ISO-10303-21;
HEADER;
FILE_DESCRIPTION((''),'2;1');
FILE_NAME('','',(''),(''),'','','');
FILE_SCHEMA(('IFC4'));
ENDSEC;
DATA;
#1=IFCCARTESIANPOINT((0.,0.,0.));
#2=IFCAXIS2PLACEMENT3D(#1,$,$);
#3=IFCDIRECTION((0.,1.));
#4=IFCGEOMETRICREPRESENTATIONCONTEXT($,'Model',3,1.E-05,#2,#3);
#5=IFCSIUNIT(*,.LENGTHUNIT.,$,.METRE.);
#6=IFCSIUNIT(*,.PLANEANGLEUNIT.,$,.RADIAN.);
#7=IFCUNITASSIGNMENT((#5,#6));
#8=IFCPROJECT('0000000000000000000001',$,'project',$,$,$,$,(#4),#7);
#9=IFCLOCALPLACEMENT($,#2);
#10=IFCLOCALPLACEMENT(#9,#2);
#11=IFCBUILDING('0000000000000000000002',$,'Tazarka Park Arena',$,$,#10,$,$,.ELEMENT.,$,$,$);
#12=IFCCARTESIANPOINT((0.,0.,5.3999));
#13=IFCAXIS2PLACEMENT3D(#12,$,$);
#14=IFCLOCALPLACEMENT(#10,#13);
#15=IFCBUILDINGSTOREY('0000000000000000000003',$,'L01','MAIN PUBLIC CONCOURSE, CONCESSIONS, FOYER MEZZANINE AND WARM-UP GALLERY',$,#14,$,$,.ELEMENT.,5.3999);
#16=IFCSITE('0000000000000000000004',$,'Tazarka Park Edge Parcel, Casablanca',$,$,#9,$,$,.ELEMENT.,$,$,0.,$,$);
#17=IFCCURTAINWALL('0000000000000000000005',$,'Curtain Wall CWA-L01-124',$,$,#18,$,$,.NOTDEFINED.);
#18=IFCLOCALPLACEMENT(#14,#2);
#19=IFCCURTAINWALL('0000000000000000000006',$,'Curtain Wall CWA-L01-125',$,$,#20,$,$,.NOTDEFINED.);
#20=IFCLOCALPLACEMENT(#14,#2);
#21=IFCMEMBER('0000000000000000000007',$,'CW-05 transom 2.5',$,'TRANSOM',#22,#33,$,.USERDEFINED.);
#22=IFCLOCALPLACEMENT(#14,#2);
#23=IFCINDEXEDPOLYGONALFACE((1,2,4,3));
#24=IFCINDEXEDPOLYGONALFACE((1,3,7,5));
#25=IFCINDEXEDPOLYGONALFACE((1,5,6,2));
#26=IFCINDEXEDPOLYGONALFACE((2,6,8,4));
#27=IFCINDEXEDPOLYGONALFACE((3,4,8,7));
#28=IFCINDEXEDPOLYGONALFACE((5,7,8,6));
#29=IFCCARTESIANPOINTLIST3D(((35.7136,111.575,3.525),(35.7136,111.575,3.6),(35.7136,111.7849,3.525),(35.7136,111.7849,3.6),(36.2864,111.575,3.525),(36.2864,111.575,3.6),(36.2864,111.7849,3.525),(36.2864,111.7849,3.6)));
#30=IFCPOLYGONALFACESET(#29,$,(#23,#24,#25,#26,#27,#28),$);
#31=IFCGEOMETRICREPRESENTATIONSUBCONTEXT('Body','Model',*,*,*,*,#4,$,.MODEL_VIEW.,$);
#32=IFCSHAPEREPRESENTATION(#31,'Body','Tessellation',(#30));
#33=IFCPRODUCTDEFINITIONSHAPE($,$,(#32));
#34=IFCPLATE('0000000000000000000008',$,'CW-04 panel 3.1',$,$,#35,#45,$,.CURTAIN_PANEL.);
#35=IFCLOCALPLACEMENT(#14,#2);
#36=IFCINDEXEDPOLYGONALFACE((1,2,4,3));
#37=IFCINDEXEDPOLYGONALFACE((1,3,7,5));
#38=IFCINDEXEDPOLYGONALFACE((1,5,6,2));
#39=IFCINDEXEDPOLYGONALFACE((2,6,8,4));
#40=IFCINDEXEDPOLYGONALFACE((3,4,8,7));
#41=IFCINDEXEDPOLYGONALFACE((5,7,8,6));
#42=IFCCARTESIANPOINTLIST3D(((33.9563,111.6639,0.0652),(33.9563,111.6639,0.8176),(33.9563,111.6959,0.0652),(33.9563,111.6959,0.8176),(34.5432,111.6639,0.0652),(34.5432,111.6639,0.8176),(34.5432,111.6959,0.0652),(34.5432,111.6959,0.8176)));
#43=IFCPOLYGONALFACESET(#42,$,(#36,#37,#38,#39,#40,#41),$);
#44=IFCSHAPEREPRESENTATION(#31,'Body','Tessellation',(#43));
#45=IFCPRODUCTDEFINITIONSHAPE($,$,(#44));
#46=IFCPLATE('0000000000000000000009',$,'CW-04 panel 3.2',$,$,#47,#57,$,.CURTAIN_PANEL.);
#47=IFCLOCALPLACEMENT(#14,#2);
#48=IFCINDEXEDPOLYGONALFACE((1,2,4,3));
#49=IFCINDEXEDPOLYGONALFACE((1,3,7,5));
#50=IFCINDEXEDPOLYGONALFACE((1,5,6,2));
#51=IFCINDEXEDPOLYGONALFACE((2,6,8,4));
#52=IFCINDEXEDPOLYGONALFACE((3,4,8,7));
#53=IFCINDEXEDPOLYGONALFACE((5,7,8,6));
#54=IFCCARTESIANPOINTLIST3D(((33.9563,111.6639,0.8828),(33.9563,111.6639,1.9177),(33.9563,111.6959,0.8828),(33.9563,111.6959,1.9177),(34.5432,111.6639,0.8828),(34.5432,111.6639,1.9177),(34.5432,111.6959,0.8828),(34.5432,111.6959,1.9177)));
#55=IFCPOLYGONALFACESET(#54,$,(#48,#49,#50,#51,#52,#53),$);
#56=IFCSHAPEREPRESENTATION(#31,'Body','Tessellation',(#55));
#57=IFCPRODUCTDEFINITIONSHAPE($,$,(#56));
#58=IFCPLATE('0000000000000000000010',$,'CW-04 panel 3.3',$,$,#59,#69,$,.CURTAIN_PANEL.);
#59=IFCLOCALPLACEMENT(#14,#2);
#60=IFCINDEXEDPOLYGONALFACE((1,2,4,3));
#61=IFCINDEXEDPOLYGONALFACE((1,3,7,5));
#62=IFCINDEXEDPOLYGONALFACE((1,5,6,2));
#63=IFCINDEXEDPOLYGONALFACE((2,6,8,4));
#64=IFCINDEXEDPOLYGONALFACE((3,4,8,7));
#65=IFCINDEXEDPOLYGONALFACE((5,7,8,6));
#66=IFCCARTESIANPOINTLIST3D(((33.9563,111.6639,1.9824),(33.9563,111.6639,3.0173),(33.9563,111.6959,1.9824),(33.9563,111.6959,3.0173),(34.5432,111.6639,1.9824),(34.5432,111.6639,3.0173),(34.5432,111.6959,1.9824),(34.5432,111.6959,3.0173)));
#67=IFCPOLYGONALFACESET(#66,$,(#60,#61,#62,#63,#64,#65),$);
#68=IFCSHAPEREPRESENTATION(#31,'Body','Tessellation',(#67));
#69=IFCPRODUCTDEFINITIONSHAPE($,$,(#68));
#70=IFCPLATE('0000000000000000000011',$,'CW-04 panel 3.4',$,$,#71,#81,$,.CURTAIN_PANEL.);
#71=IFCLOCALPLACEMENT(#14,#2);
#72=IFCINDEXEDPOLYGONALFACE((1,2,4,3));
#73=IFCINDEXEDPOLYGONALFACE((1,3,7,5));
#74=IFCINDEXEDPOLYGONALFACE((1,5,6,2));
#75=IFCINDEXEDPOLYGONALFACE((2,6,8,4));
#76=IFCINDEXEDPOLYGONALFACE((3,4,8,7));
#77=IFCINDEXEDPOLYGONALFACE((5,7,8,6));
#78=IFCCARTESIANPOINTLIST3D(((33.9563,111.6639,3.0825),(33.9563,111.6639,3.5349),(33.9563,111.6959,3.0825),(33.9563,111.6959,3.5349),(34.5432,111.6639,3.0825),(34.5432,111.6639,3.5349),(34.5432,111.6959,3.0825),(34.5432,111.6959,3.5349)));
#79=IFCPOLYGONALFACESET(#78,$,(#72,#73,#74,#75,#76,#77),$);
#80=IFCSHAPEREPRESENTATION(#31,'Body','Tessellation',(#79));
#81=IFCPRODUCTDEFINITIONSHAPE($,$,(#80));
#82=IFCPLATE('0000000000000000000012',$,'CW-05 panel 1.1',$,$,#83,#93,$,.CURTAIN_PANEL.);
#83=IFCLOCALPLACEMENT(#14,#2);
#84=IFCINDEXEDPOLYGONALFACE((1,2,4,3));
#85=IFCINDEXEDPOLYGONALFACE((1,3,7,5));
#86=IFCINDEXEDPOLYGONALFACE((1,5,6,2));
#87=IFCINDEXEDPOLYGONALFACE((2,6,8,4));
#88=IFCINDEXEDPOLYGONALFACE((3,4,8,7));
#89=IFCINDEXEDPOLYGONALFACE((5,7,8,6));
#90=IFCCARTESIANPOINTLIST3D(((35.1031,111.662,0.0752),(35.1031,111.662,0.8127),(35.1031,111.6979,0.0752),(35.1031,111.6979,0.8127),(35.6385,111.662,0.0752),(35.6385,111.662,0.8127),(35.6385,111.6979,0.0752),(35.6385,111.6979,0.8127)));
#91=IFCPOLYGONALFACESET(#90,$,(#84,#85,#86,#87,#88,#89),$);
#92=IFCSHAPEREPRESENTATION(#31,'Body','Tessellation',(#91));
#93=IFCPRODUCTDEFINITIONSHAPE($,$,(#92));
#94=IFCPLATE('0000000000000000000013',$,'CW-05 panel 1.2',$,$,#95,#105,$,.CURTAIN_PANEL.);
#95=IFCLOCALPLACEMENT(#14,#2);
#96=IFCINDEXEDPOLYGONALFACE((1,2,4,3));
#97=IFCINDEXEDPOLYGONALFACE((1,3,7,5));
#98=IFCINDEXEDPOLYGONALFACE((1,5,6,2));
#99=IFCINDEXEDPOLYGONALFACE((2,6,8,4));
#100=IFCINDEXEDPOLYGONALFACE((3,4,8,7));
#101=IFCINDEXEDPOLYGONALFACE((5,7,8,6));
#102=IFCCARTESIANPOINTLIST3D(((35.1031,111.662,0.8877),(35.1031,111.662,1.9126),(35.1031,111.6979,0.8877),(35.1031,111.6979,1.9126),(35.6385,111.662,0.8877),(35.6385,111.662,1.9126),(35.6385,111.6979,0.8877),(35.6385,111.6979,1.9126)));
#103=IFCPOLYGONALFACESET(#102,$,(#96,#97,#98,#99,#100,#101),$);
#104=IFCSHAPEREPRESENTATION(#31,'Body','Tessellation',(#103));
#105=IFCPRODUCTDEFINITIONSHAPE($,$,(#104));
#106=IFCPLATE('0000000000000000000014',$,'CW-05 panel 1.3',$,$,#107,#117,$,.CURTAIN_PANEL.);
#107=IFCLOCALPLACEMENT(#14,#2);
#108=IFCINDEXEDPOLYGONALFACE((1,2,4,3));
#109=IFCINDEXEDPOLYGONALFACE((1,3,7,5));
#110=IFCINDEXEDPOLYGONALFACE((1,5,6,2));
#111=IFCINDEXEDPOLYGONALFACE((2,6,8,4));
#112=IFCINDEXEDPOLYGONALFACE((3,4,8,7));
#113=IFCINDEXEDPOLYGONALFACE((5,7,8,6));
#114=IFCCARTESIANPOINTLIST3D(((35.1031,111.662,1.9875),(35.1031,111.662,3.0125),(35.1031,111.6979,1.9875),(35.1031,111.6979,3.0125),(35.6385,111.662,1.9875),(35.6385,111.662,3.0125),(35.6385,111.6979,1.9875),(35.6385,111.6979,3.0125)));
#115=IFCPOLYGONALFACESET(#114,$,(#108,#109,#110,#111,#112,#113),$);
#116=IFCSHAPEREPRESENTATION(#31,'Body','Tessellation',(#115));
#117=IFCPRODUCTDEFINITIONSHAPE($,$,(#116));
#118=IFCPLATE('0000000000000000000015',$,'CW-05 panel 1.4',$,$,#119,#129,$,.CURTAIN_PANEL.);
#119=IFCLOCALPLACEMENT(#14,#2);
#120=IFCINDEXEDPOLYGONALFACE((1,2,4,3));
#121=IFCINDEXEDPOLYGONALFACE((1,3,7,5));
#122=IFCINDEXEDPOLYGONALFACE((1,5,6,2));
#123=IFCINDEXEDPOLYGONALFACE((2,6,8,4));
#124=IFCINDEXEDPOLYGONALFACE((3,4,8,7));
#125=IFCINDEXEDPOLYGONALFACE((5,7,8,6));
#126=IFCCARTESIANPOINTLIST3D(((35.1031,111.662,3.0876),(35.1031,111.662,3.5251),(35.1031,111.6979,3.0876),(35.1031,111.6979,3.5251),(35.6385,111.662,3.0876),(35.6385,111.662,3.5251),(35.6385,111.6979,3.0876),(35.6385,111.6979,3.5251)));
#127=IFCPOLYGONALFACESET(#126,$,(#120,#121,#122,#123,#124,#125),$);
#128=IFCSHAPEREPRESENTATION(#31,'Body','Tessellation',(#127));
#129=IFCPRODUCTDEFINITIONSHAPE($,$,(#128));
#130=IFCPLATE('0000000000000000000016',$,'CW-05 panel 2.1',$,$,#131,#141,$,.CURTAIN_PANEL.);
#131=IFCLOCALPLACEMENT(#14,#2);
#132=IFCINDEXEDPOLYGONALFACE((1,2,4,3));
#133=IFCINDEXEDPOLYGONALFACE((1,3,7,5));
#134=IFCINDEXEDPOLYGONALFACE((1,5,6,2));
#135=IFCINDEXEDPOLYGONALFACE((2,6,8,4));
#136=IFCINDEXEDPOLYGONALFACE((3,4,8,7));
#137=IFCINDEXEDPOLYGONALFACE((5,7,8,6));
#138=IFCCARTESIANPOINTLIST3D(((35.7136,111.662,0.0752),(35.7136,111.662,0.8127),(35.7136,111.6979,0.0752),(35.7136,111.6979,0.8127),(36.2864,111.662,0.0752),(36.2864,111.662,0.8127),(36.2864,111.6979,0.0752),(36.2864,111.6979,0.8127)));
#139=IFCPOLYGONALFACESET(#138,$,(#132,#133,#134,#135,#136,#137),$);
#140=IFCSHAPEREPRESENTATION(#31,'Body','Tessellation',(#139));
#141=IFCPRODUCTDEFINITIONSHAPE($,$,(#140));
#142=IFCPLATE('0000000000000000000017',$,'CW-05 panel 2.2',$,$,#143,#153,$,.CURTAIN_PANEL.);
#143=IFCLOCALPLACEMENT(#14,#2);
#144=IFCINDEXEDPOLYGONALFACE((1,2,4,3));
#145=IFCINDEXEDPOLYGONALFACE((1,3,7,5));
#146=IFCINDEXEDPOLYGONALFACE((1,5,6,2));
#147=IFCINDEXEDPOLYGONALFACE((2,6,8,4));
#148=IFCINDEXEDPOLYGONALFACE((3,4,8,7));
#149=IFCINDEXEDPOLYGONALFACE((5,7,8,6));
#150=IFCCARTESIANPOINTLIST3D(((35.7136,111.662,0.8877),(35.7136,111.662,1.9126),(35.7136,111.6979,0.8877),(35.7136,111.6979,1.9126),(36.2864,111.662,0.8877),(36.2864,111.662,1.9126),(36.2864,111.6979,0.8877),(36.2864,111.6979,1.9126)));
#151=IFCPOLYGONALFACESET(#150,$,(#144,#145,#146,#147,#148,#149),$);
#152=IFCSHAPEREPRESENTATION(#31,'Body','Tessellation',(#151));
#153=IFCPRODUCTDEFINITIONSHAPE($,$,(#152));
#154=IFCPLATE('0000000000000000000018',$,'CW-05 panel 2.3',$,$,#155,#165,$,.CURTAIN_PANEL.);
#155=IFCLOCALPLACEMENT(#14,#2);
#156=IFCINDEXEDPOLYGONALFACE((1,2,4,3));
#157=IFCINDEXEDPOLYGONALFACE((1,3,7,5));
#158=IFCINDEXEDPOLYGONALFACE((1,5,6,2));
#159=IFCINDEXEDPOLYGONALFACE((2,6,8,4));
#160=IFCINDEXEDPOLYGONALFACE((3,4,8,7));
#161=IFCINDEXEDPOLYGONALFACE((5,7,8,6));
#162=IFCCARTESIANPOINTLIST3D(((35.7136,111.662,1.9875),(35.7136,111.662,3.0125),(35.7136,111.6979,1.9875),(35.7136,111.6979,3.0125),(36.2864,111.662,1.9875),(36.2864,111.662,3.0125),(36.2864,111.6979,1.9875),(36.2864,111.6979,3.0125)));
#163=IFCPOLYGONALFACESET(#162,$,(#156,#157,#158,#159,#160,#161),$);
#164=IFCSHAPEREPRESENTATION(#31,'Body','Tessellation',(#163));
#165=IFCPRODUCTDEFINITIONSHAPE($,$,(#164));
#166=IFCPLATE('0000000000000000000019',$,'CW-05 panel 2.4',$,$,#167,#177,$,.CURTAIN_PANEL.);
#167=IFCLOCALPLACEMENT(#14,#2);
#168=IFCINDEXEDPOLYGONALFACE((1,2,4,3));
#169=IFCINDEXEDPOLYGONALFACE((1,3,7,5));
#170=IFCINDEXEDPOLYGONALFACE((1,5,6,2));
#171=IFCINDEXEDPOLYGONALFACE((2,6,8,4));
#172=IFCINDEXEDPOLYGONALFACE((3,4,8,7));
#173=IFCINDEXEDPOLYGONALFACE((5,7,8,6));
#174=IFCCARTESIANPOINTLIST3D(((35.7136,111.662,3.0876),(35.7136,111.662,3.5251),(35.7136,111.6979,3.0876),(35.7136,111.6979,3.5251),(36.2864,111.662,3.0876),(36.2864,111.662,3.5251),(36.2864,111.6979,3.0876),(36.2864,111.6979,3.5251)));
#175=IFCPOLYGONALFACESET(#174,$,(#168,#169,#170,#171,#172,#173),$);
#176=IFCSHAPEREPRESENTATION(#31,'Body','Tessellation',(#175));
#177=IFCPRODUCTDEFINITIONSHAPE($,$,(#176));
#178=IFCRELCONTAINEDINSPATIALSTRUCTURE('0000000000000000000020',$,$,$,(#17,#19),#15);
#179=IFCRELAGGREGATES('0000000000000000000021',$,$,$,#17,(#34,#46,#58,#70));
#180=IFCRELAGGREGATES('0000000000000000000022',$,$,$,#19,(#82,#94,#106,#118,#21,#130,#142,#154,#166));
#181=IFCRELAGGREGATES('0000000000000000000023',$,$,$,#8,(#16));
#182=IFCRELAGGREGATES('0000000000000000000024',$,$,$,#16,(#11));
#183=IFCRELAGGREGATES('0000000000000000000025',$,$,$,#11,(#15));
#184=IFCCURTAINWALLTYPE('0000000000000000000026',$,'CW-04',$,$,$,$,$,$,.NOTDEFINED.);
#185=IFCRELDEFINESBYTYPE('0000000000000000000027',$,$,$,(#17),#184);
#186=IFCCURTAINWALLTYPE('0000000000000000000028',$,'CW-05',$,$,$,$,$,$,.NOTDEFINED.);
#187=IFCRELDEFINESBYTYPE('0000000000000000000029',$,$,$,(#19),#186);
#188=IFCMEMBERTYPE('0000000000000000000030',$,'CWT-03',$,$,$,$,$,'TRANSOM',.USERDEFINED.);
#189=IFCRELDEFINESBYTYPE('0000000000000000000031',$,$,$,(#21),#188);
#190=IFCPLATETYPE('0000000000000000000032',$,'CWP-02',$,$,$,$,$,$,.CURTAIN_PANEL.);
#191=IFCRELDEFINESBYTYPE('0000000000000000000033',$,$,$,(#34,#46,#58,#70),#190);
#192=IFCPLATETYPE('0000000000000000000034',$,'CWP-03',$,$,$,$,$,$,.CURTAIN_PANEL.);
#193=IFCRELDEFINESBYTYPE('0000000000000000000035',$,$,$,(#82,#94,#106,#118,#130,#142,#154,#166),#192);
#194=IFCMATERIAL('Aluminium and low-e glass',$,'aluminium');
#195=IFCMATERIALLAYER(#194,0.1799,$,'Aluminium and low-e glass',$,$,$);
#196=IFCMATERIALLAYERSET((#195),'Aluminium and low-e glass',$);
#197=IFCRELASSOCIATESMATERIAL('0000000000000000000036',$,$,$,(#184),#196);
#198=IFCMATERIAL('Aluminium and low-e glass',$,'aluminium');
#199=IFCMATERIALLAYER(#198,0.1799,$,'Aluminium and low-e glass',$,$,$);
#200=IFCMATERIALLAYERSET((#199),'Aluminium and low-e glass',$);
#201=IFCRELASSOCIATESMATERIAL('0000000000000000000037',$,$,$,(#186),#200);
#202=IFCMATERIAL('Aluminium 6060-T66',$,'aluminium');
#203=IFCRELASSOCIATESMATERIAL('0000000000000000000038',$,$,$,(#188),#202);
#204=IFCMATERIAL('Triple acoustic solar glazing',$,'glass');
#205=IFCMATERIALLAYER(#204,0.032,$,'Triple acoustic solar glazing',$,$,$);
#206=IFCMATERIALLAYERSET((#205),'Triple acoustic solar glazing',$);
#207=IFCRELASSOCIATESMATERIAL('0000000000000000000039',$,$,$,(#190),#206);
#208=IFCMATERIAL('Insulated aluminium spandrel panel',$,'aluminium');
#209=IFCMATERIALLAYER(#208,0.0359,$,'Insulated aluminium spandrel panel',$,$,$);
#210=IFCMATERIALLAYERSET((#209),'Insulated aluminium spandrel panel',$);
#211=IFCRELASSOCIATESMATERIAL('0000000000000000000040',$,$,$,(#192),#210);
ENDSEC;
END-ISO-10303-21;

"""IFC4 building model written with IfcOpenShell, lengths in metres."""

from ifc_helpers import new_model, si_unit, direction, frame, origin, origin_2d, place, context, subcontext, project, spatial, rectangle, extrude, material, layer, layer_set, material_profile, profile_set, type_object, element, aggregate, save


model = new_model("IFC4")

# Units and contexts
model_context = context("Model", 3, precision=1e-05, world=origin(), true_north=direction((0.0, 1.0)))
body_context = subcontext(model_context, "Body", "Model", "MODEL_VIEW")
ifc_project = project(units=[si_unit("LENGTHUNIT", "METRE"), si_unit("PLANEANGLEUNIT", "RADIAN")], contexts=[model_context])

# Site, building, storey
site_placement = place(None, origin())
site = spatial("IfcSite", under=ifc_project, at=site_placement, Name="Tazarka Park Edge Parcel, Casablanca", CompositionType="ELEMENT", RefElevation=0.0)
building_placement = place(site_placement, origin())
building = spatial("IfcBuilding", under=site, at=building_placement, Name="Tazarka Park Arena", CompositionType="ELEMENT")
storey_placement = place(building_placement, frame((0.0, 0.0, 5.3999)))
storey = spatial("IfcBuildingStorey", under=building, at=storey_placement, Name="L01", Description="MAIN PUBLIC CONCOURSE, CONCESSIONS, FOYER MEZZANINE AND WARM-UP GALLERY", CompositionType="ELEMENT", Elevation=5.3999)

# Curtain wall
ifc_material_1 = material(Name="Aluminium and low-e glass", Category="aluminium")
ifc_layer_1 = layer(ifc_material_1, 0.1799, Name="Aluminium and low-e glass")
ifc_layer_set_1 = layer_set([ifc_layer_1], Name="Aluminium and low-e glass")
curtain_wall_type_1 = type_object("IfcCurtainWallType", Name="CW-04", PredefinedType="NOTDEFINED", material=ifc_layer_set_1)
curtain_wall_1_placement = place(storey_placement, origin())
curtain_wall_1 = element("IfcCurtainWall", 1, at=curtain_wall_1_placement, inside=storey, type_object=curtain_wall_type_1, Name="Curtain Wall CWA-L01-124", PredefinedType="NOTDEFINED")

# Curtain wall
ifc_material_2 = material(Name="Aluminium and low-e glass", Category="aluminium")
ifc_layer_2 = layer(ifc_material_2, 0.1799, Name="Aluminium and low-e glass")
ifc_layer_set_2 = layer_set([ifc_layer_2], Name="Aluminium and low-e glass")
curtain_wall_type_2 = type_object("IfcCurtainWallType", Name="CW-05", PredefinedType="NOTDEFINED", material=ifc_layer_set_2)
curtain_wall_2_placement = place(storey_placement, origin())
curtain_wall_2 = element("IfcCurtainWall", 2, at=curtain_wall_2_placement, inside=storey, type_object=curtain_wall_type_2, Name="Curtain Wall CWA-L01-125", PredefinedType="NOTDEFINED")

# Member
ifc_material_3 = material(Name="Aluminium 6060-T66", Category="aluminium")
ifc_material_profile_1 = material_profile(ifc_material_3, rectangle(XDim=0.21, YDim=0.075, at=origin_2d()), Name="Aluminium 6060-T66")
ifc_profile_set_1 = profile_set([ifc_material_profile_1], Name="Aluminium 6060-T66")
member_type_1 = type_object("IfcMemberType", Name="CWT-03", ElementType="TRANSOM", PredefinedType="USERDEFINED", material=ifc_profile_set_1)
member_1_placement = place(storey_placement, frame((35.7136, 111.6799, 3.5625), z_axis=(1.0, 0.0, 0.0), x_axis=(0.0, 1.0, 0.0)))
member_1 = element("IfcMember", 3, at=member_1_placement, type_object=member_type_1, Name="CW-05 transom 2.5", ObjectType="TRANSOM", PredefinedType="USERDEFINED", context=body_context, shape_type="SweptSolid", body=[
    extrude(rectangle(XDim=0.21, YDim=0.075, at=origin_2d()), origin(), (0.0, 0.0, 1.0), 0.5728),
])

# Plates
ifc_material_4 = material(Name="Triple acoustic solar glazing", Category="glass")
ifc_layer_3 = layer(ifc_material_4, 0.032, Name="Triple acoustic solar glazing")
ifc_layer_set_3 = layer_set([ifc_layer_3], Name="Triple acoustic solar glazing")
plate_type_1 = type_object("IfcPlateType", Name="CWP-02", PredefinedType="CURTAIN_PANEL", material=ifc_layer_set_3)
plate_1_placement = place(storey_placement, frame((34.2498, 111.6799, 0.0652), z_axis=(0.0, 0.0, 1.0), x_axis=(1.0, 0.0, 0.0)))
plate_1 = element("IfcPlate", 4, at=plate_1_placement, type_object=plate_type_1, Name="CW-04 panel 3.1", PredefinedType="CURTAIN_PANEL", context=body_context, shape_type="SweptSolid", body=[
    extrude(rectangle(XDim=0.5869, YDim=0.032, at=origin_2d()), origin(), (0.0, 0.0, 1.0), 0.7524),
])
plate_2_placement = place(storey_placement, frame((34.2498, 111.6799, 0.8828), z_axis=(0.0, 0.0, 1.0), x_axis=(1.0, 0.0, 0.0)))
plate_2 = element("IfcPlate", 5, at=plate_2_placement, type_object=plate_type_1, Name="CW-04 panel 3.2", PredefinedType="CURTAIN_PANEL", context=body_context, shape_type="SweptSolid", body=[
    extrude(rectangle(XDim=0.5869, YDim=0.032, at=origin_2d()), origin(), (0.0, 0.0, 1.0), 1.0349),
])
plate_3_placement = place(storey_placement, frame((34.2498, 111.6799, 1.9824), z_axis=(0.0, 0.0, 1.0), x_axis=(1.0, 0.0, 0.0)))
plate_3 = element("IfcPlate", 6, at=plate_3_placement, type_object=plate_type_1, Name="CW-04 panel 3.3", PredefinedType="CURTAIN_PANEL", context=body_context, shape_type="SweptSolid", body=[
    extrude(rectangle(XDim=0.5869, YDim=0.032, at=origin_2d()), origin(), (0.0, 0.0, 1.0), 1.0349),
])
plate_4_placement = place(storey_placement, frame((34.2498, 111.6799, 3.0825), z_axis=(0.0, 0.0, 1.0), x_axis=(1.0, 0.0, 0.0)))
plate_4 = element("IfcPlate", 7, at=plate_4_placement, type_object=plate_type_1, Name="CW-04 panel 3.4", PredefinedType="CURTAIN_PANEL", context=body_context, shape_type="SweptSolid", body=[
    extrude(rectangle(XDim=0.5869, YDim=0.032, at=origin_2d()), origin(), (0.0, 0.0, 1.0), 0.4524),
])
aggregate(curtain_wall_1, [plate_1, plate_2, plate_3, plate_4])
ifc_material_5 = material(Name="Insulated aluminium spandrel panel", Category="aluminium")
ifc_layer_4 = layer(ifc_material_5, 0.0359, Name="Insulated aluminium spandrel panel")
ifc_layer_set_4 = layer_set([ifc_layer_4], Name="Insulated aluminium spandrel panel")
plate_type_2 = type_object("IfcPlateType", Name="CWP-03", PredefinedType="CURTAIN_PANEL", material=ifc_layer_set_4)
plate_5_placement = place(storey_placement, frame((35.3708, 111.6799, 0.0752), z_axis=(0.0, 0.0, 1.0), x_axis=(1.0, 0.0, 0.0)))
plate_5 = element("IfcPlate", 8, at=plate_5_placement, type_object=plate_type_2, Name="CW-05 panel 1.1", PredefinedType="CURTAIN_PANEL", context=body_context, shape_type="SweptSolid", body=[
    extrude(rectangle(XDim=0.5354, YDim=0.0359, at=origin_2d()), origin(), (0.0, 0.0, 1.0), 0.7375),
])
plate_6_placement = place(storey_placement, frame((35.3708, 111.6799, 0.8877), z_axis=(0.0, 0.0, 1.0), x_axis=(1.0, 0.0, 0.0)))
plate_6 = element("IfcPlate", 9, at=plate_6_placement, type_object=plate_type_2, Name="CW-05 panel 1.2", PredefinedType="CURTAIN_PANEL", context=body_context, shape_type="SweptSolid", body=[
    extrude(rectangle(XDim=0.5354, YDim=0.0359, at=origin_2d()), origin(), (0.0, 0.0, 1.0), 1.0249),
])
plate_7_placement = place(storey_placement, frame((35.3708, 111.6799, 1.9875), z_axis=(0.0, 0.0, 1.0), x_axis=(1.0, 0.0, 0.0)))
plate_7 = element("IfcPlate", 10, at=plate_7_placement, type_object=plate_type_2, Name="CW-05 panel 1.3", PredefinedType="CURTAIN_PANEL", context=body_context, shape_type="SweptSolid", body=[
    extrude(rectangle(XDim=0.5354, YDim=0.0359, at=origin_2d()), origin(), (0.0, 0.0, 1.0), 1.0249),
])
plate_8_placement = place(storey_placement, frame((35.3708, 111.6799, 3.0876), z_axis=(0.0, 0.0, 1.0), x_axis=(1.0, 0.0, 0.0)))
plate_8 = element("IfcPlate", 11, at=plate_8_placement, type_object=plate_type_2, Name="CW-05 panel 1.4", PredefinedType="CURTAIN_PANEL", context=body_context, shape_type="SweptSolid", body=[
    extrude(rectangle(XDim=0.5354, YDim=0.0359, at=origin_2d()), origin(), (0.0, 0.0, 1.0), 0.4375),
])
plate_9_placement = place(storey_placement, frame((36.0, 111.6799, 0.0752), z_axis=(0.0, 0.0, 1.0), x_axis=(1.0, 0.0, 0.0)))
plate_9 = element("IfcPlate", 12, at=plate_9_placement, type_object=plate_type_2, Name="CW-05 panel 2.1", PredefinedType="CURTAIN_PANEL", context=body_context, shape_type="SweptSolid", body=[
    extrude(rectangle(XDim=0.5728, YDim=0.0359, at=origin_2d()), origin(), (0.0, 0.0, 1.0), 0.7375),
])
plate_10_placement = place(storey_placement, frame((36.0, 111.6799, 0.8877), z_axis=(0.0, 0.0, 1.0), x_axis=(1.0, 0.0, 0.0)))
plate_10 = element("IfcPlate", 13, at=plate_10_placement, type_object=plate_type_2, Name="CW-05 panel 2.2", PredefinedType="CURTAIN_PANEL", context=body_context, shape_type="SweptSolid", body=[
    extrude(rectangle(XDim=0.5728, YDim=0.0359, at=origin_2d()), origin(), (0.0, 0.0, 1.0), 1.0249),
])
plate_11_placement = place(storey_placement, frame((36.0, 111.6799, 1.9875), z_axis=(0.0, 0.0, 1.0), x_axis=(1.0, 0.0, 0.0)))
plate_11 = element("IfcPlate", 14, at=plate_11_placement, type_object=plate_type_2, Name="CW-05 panel 2.3", PredefinedType="CURTAIN_PANEL", context=body_context, shape_type="SweptSolid", body=[
    extrude(rectangle(XDim=0.5728, YDim=0.0359, at=origin_2d()), origin(), (0.0, 0.0, 1.0), 1.0249),
])
plate_12_placement = place(storey_placement, frame((36.0, 111.6799, 3.0876), z_axis=(0.0, 0.0, 1.0), x_axis=(1.0, 0.0, 0.0)))
plate_12 = element("IfcPlate", 15, at=plate_12_placement, type_object=plate_type_2, Name="CW-05 panel 2.4", PredefinedType="CURTAIN_PANEL", context=body_context, shape_type="SweptSolid", body=[
    extrude(rectangle(XDim=0.5728, YDim=0.0359, at=origin_2d()), origin(), (0.0, 0.0, 1.0), 0.4375),
])
aggregate(curtain_wall_2, [plate_5, plate_6, plate_7, plate_8, member_1, plate_9, plate_10, plate_11, plate_12])

save(model, "model.ifc")
